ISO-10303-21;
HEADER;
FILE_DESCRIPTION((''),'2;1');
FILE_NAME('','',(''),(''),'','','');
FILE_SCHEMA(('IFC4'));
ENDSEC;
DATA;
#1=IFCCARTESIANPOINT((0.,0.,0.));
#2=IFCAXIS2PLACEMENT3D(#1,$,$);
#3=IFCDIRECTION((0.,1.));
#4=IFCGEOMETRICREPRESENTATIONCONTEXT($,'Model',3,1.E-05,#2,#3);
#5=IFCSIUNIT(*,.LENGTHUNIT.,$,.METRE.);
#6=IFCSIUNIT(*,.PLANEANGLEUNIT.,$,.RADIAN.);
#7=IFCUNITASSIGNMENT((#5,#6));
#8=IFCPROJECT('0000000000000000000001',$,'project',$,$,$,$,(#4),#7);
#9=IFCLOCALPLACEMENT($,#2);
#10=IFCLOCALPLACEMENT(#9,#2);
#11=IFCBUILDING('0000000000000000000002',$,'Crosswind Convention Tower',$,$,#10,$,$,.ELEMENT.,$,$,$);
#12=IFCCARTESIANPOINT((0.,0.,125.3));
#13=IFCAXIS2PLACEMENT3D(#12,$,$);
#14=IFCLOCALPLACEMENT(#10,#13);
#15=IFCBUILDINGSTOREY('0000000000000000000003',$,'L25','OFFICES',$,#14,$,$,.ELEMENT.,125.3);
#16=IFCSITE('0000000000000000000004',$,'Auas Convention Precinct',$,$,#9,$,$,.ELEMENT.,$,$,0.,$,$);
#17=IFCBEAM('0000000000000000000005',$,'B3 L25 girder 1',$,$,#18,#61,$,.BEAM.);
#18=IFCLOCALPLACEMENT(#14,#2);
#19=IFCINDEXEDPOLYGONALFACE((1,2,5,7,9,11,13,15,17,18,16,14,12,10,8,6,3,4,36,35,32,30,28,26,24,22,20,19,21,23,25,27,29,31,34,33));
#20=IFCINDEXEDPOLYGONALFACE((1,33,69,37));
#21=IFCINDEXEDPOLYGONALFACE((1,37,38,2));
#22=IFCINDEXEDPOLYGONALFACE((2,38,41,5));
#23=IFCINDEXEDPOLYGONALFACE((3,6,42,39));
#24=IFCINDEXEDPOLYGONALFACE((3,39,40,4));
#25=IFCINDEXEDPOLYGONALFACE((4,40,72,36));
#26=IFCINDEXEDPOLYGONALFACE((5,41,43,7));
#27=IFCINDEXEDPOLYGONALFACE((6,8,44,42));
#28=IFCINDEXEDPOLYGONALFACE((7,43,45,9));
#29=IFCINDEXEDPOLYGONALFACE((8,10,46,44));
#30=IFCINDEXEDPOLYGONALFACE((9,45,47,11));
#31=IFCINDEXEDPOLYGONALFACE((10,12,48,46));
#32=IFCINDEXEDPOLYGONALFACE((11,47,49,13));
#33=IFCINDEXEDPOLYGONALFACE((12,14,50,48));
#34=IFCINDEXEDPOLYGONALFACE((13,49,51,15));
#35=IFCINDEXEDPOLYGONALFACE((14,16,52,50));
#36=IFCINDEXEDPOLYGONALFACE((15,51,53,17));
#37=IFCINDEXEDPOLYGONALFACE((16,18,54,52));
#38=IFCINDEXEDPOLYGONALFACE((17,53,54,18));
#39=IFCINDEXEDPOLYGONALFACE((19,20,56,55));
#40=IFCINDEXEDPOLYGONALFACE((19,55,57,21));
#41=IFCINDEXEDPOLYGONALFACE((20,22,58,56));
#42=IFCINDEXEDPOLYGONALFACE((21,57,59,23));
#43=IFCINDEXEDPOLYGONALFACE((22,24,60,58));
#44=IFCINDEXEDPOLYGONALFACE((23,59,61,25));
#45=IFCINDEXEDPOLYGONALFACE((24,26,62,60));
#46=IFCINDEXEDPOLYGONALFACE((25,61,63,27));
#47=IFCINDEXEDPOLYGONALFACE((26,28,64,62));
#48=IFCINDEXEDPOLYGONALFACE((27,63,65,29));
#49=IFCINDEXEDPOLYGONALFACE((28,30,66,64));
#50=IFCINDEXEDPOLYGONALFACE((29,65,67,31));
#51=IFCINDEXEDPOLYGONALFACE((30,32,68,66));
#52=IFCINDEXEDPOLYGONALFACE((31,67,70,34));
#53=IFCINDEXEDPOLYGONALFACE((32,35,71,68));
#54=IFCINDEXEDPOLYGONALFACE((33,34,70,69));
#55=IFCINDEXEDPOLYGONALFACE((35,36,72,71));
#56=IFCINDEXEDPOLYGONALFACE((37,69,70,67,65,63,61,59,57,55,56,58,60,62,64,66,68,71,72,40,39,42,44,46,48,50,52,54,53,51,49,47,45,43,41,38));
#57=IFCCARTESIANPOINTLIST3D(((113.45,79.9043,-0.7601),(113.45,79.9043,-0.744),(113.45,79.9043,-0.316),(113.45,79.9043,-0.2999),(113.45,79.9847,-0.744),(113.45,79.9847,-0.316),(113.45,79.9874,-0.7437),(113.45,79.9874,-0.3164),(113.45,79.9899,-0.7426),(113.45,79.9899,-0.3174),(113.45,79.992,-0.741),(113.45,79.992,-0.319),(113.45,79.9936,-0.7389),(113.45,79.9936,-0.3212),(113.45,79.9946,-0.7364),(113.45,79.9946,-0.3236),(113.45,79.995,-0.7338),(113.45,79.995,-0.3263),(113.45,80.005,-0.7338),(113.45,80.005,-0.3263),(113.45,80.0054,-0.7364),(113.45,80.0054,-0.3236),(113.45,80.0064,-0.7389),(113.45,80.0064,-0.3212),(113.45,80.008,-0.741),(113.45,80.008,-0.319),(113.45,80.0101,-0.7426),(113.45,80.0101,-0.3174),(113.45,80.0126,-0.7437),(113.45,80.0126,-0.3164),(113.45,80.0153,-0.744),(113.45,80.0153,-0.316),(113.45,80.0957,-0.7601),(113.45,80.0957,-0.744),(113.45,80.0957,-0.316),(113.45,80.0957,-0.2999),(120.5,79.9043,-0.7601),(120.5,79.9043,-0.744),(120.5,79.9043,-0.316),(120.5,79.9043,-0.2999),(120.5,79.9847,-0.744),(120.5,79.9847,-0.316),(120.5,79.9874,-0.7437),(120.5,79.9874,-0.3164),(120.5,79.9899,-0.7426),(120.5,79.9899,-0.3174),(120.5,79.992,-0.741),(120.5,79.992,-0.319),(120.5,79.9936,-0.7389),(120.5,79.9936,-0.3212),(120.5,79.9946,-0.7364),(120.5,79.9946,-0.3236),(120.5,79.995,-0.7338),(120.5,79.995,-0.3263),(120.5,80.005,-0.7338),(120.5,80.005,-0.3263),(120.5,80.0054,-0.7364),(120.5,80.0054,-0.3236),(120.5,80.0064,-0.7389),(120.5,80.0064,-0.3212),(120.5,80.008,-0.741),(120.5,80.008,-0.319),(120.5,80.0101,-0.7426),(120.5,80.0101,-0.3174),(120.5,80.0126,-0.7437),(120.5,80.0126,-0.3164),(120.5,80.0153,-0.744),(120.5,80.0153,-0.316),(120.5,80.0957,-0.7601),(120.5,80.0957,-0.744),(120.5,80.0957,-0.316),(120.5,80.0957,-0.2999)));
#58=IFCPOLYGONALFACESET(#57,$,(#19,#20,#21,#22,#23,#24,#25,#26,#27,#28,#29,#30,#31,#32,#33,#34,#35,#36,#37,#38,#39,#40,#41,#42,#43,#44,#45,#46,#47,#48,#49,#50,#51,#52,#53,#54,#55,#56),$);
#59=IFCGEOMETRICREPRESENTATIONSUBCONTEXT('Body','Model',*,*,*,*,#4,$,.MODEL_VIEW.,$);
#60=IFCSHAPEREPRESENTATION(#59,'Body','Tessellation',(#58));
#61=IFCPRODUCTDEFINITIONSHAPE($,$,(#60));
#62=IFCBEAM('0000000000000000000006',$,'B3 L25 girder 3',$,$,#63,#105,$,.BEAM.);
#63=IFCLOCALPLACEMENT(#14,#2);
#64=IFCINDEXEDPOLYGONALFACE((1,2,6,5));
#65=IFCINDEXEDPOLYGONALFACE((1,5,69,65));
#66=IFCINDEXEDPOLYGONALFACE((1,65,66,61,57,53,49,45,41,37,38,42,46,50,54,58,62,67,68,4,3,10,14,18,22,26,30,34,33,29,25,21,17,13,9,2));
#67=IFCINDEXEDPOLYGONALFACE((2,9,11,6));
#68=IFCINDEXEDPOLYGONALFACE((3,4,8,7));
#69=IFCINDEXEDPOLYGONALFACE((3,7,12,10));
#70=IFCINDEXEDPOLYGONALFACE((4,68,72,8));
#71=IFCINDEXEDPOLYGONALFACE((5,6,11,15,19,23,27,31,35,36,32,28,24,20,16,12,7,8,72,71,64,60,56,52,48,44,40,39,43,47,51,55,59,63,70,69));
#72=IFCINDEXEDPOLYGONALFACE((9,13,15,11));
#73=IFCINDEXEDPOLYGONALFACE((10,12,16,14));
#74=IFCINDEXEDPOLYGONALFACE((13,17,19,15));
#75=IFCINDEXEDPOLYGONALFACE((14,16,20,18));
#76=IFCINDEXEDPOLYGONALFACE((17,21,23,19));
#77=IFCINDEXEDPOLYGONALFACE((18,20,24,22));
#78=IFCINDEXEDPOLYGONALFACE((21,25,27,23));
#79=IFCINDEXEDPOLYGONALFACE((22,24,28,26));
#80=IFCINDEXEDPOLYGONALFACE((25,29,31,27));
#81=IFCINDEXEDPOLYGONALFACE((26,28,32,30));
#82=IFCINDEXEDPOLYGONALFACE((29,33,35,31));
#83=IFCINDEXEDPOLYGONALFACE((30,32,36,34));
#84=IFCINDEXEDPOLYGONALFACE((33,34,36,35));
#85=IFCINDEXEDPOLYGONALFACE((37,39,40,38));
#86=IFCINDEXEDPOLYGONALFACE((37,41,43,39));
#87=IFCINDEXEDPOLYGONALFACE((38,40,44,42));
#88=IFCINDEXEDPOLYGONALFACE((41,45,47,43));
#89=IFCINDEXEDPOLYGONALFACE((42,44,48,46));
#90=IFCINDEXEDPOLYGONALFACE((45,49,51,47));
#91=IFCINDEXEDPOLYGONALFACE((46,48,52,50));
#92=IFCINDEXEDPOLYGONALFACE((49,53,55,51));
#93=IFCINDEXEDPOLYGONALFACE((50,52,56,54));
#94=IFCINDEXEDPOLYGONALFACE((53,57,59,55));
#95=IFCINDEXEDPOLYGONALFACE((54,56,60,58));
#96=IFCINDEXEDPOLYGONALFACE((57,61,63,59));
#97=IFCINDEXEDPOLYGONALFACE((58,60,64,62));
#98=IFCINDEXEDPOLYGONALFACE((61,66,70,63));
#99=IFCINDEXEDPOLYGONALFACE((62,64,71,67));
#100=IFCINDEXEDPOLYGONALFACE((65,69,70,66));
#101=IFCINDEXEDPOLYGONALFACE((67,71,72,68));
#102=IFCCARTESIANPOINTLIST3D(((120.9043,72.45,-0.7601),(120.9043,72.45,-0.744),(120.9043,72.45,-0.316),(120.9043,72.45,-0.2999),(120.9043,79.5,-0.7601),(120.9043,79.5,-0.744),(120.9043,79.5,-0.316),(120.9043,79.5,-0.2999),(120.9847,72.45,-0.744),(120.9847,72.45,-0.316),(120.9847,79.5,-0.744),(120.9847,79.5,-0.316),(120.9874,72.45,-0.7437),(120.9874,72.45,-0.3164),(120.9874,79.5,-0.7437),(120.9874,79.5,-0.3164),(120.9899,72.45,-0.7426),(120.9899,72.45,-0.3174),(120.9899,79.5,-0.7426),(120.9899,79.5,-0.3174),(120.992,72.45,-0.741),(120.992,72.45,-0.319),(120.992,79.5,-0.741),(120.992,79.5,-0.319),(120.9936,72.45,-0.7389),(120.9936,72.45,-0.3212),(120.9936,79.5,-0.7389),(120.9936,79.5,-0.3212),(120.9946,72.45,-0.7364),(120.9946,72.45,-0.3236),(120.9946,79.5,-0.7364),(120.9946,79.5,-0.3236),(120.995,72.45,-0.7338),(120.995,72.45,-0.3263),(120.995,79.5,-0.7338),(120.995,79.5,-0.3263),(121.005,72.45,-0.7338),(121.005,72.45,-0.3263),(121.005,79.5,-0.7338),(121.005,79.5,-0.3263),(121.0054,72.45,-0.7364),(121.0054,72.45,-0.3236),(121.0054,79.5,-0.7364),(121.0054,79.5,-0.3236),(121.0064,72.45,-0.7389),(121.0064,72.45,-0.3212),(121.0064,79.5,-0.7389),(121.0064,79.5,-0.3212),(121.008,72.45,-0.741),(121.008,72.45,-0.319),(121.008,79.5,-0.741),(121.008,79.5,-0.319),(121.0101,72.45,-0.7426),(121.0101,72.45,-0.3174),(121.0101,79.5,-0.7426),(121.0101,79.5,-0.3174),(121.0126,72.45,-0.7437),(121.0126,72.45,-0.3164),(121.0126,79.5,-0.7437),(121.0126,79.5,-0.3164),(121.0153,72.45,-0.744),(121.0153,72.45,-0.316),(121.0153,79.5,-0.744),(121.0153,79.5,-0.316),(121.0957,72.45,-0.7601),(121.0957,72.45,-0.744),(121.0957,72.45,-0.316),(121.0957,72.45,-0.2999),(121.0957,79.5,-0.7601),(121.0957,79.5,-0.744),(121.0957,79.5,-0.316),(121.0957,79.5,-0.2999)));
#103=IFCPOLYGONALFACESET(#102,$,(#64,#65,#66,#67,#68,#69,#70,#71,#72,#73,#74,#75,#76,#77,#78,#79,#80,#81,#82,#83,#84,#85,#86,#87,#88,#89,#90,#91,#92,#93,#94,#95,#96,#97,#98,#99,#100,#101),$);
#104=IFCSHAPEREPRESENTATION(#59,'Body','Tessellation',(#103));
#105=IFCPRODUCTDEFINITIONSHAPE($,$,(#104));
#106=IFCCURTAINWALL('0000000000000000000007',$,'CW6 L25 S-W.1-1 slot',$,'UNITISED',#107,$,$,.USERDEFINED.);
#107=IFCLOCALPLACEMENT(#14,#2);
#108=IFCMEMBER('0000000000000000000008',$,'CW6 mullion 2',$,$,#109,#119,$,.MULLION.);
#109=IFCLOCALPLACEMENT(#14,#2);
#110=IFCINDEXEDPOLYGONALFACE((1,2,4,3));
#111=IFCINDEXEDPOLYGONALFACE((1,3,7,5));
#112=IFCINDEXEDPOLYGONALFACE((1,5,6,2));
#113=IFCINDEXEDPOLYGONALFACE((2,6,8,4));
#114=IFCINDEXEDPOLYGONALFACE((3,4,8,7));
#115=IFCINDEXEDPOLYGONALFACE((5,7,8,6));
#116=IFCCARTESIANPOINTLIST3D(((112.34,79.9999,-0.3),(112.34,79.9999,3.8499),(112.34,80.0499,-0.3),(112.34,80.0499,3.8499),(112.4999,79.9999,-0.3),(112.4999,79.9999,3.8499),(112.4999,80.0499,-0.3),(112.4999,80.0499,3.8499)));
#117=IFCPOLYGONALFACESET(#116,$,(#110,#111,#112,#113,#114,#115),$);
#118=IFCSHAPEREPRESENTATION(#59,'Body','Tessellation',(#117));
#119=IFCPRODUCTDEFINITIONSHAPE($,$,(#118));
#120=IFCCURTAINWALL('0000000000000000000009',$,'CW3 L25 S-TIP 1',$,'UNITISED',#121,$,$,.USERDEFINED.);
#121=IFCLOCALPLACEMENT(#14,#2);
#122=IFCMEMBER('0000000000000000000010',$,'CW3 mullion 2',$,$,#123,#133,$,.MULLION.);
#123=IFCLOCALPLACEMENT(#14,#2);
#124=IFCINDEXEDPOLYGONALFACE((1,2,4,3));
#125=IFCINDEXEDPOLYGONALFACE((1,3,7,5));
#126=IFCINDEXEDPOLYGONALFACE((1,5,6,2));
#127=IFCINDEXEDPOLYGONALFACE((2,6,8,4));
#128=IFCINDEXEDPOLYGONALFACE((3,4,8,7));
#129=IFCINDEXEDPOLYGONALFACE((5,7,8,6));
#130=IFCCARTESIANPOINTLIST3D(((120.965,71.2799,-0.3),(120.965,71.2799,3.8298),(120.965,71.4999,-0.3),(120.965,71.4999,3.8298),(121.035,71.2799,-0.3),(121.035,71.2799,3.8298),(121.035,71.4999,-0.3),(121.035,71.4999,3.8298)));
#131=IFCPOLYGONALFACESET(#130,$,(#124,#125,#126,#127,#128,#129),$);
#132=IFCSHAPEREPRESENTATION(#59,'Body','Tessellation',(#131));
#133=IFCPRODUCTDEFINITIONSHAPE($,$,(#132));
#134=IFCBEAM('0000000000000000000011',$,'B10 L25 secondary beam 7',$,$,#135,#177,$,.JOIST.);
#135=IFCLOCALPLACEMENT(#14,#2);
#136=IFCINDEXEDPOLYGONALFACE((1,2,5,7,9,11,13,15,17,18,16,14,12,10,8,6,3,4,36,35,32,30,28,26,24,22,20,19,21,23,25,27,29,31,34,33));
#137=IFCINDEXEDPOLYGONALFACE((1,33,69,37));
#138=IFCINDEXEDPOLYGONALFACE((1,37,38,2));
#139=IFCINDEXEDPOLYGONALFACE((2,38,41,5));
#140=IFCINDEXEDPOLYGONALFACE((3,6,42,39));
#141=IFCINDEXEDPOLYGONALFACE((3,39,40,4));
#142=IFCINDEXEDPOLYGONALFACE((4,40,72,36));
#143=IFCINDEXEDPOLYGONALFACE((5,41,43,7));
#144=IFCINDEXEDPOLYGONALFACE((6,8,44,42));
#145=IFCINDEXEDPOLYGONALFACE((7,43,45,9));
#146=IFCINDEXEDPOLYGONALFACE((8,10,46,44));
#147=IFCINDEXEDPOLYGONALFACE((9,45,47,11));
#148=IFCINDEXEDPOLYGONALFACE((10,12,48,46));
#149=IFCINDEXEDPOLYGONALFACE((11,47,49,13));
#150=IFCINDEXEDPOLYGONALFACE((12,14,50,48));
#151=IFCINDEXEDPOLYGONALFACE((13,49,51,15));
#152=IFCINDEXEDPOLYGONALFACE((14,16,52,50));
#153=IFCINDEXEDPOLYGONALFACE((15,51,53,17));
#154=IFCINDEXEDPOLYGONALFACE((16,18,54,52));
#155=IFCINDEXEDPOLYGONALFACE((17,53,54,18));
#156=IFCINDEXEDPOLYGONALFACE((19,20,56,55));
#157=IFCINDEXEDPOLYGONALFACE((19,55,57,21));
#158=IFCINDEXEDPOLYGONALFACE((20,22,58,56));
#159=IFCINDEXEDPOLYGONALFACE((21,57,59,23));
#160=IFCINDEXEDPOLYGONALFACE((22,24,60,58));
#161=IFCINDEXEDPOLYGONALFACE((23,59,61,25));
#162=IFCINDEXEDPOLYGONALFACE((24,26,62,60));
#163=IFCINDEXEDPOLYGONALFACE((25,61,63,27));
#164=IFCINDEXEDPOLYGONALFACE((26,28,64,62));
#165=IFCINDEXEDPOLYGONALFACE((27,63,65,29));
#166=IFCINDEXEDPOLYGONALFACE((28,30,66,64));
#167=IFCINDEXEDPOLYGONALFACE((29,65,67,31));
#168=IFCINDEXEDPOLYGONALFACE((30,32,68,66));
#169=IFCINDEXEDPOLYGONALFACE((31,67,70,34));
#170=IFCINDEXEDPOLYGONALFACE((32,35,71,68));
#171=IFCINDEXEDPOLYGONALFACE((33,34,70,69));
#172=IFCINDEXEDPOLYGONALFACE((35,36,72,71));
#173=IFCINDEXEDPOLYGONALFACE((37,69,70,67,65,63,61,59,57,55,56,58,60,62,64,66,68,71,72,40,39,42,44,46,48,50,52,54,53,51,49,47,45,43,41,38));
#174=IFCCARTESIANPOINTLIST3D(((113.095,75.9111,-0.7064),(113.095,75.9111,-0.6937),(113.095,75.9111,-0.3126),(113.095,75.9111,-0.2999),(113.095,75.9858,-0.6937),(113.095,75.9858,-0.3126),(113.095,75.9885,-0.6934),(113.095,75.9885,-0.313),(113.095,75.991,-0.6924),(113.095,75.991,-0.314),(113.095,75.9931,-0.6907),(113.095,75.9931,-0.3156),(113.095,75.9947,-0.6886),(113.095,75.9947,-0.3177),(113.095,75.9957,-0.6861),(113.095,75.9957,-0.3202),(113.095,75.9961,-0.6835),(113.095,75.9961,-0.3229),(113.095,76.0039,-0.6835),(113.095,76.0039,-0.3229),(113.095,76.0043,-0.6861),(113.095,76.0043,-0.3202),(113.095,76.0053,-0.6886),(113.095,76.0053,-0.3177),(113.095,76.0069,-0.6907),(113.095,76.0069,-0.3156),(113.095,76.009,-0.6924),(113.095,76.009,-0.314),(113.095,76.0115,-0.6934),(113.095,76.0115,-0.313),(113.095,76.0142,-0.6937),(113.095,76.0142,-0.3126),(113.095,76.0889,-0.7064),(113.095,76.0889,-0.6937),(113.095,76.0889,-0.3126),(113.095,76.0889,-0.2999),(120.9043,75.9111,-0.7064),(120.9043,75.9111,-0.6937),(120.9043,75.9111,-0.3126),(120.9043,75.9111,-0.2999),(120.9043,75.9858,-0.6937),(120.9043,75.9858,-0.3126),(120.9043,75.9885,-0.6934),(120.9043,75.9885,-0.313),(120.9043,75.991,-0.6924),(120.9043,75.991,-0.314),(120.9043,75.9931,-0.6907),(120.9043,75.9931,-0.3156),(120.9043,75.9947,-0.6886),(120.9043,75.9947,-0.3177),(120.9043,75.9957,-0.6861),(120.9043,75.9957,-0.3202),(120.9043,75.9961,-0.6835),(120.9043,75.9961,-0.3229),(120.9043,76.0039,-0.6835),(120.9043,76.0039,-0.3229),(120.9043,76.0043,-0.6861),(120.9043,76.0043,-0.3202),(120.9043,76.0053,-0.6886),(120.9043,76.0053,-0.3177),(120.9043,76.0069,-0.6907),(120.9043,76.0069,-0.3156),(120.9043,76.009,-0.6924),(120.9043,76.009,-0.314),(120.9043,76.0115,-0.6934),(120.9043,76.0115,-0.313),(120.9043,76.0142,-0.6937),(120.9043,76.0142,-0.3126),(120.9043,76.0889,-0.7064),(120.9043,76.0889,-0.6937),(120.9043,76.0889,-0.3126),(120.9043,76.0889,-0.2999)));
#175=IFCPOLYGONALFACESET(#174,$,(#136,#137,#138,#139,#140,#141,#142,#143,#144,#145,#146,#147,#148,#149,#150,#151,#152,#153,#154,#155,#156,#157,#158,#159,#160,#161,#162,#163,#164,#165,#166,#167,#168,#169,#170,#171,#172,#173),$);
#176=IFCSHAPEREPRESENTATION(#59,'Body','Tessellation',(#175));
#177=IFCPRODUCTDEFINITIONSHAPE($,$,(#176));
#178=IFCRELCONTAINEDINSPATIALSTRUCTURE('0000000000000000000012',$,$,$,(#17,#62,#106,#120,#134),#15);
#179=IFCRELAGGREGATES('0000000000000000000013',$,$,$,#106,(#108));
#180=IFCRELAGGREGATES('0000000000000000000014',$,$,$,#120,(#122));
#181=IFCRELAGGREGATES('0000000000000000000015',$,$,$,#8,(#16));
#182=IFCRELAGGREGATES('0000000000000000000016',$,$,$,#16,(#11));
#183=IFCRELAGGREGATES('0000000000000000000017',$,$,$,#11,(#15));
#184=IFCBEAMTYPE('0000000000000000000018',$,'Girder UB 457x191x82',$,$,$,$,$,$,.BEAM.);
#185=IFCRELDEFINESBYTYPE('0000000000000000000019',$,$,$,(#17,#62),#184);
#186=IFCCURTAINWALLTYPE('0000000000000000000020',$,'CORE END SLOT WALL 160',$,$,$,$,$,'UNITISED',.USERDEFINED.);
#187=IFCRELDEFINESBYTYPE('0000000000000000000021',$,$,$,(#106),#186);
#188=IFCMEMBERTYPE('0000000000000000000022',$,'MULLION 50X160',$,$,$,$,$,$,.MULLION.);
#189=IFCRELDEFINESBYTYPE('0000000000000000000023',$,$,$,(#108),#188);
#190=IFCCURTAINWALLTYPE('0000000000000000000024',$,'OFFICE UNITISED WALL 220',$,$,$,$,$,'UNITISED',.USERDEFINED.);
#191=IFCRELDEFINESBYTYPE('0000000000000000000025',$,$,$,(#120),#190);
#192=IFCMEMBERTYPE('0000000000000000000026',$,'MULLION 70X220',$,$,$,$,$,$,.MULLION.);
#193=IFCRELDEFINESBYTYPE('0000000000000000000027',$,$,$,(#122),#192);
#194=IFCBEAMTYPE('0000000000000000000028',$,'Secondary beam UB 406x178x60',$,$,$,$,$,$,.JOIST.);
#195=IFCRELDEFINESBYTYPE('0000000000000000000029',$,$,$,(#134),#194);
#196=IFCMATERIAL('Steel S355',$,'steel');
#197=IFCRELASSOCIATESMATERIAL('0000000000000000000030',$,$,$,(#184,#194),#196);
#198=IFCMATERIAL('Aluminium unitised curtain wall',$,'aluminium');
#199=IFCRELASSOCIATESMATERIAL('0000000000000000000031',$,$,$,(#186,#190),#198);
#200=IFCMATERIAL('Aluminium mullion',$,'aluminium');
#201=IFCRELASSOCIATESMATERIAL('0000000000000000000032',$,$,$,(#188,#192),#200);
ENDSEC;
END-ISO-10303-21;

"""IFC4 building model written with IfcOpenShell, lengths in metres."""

from ifc_helpers import new_model, si_unit, direction, frame, origin, origin_2d, place, context, subcontext, project, spatial, rectangle, i_section, extrude, material, material_profile, profile_set, type_object, element, aggregate, save


model = new_model("IFC4")

# Units and contexts
model_context = context("Model", 3, precision=1e-05, world=origin(), true_north=direction((0.0, 1.0)))
body_context = subcontext(model_context, "Body", "Model", "MODEL_VIEW")
ifc_project = project(units=[si_unit("LENGTHUNIT", "METRE"), si_unit("PLANEANGLEUNIT", "RADIAN")], contexts=[model_context])

# Site, building, storey
site_placement = place(None, origin())
site = spatial("IfcSite", under=ifc_project, at=site_placement, Name="Auas Convention Precinct", CompositionType="ELEMENT", RefElevation=0.0)
building_placement = place(site_placement, origin())
building = spatial("IfcBuilding", under=site, at=building_placement, Name="Crosswind Convention Tower", CompositionType="ELEMENT")
storey_placement = place(building_placement, frame((0.0, 0.0, 125.3)))
storey = spatial("IfcBuildingStorey", under=building, at=storey_placement, Name="L25", Description="OFFICES", CompositionType="ELEMENT", Elevation=125.3)

# Beams
ifc_material_1 = material(Name="Steel S355", Category="steel")
ifc_material_profile_1 = material_profile(ifc_material_1, i_section(OverallWidth=0.1914, OverallDepth=0.4602, WebThickness=0.01, FlangeThickness=0.0161, FilletRadius=0.0103, at=origin_2d()), Name="UB 457x191x82")
ifc_profile_set_1 = profile_set([ifc_material_profile_1], Name="Steel S355")
beam_type_1 = type_object("IfcBeamType", Name="Girder UB 457x191x82", PredefinedType="BEAM", material=ifc_profile_set_1)
for number, where, z_axis, x_axis, name in (
    (1, (113.45, 80.0, -0.53), (1.0, 0.0, 0.0), (0.0, 1.0, 0.0), "B3 L25 girder 1"),
    (2, (121.0, 72.45, -0.53), (0.0, 1.0, 0.0), (-1.0, 0.0, 0.0), "B3 L25 girder 3"),
):
    element("IfcBeam", number, at=place(storey_placement, frame(where, z_axis=z_axis, x_axis=x_axis)), inside=storey, type_object=beam_type_1, Name=name, PredefinedType="BEAM", context=body_context, shape_type="SweptSolid", body=[
        extrude(i_section(OverallWidth=0.1914, OverallDepth=0.4602, WebThickness=0.01, FlangeThickness=0.0161, FilletRadius=0.0103, at=origin_2d()), origin(), (0.0, 0.0, 1.0), 7.05),
    ])

# Curtain walls, members
ifc_material_2 = material(Name="Aluminium unitised curtain wall", Category="aluminium")
curtain_wall_type_1 = type_object("IfcCurtainWallType", Name="CORE END SLOT WALL 160", ElementType="UNITISED", PredefinedType="USERDEFINED", material=ifc_material_2)
curtain_wall_1_placement = place(storey_placement, origin())
curtain_wall_1 = element("IfcCurtainWall", 3, at=curtain_wall_1_placement, inside=storey, type_object=curtain_wall_type_1, Name="CW6 L25 S-W.1-1 slot", ObjectType="UNITISED", PredefinedType="USERDEFINED")
ifc_material_3 = material(Name="Aluminium mullion", Category="aluminium")
ifc_material_profile_2 = material_profile(ifc_material_3, rectangle(XDim=0.1599, YDim=0.05, at=origin_2d()), Name="AL 160X50")
ifc_profile_set_2 = profile_set([ifc_material_profile_2], Name="Aluminium mullion")
member_type_1 = type_object("IfcMemberType", Name="MULLION 50X160", PredefinedType="MULLION", material=ifc_profile_set_2)
member_1_placement = place(storey_placement, frame((112.4199, 80.0249, -0.3), z_axis=(0.0, 0.0, 1.0), x_axis=(-1.0, 0.0, 0.0)))
member_1 = element("IfcMember", 4, at=member_1_placement, type_object=member_type_1, Name="CW6 mullion 2", PredefinedType="MULLION", context=body_context, shape_type="SweptSolid", body=[
    extrude(rectangle(XDim=0.1599, YDim=0.05, at=origin_2d()), origin(), (0.0, 0.0, 1.0), 4.1499),
])
aggregate(curtain_wall_1, [member_1])
curtain_wall_type_2 = type_object("IfcCurtainWallType", Name="OFFICE UNITISED WALL 220", ElementType="UNITISED", PredefinedType="USERDEFINED", material=ifc_material_2)
curtain_wall_2_placement = place(storey_placement, origin())
curtain_wall_2 = element("IfcCurtainWall", 5, at=curtain_wall_2_placement, inside=storey, type_object=curtain_wall_type_2, Name="CW3 L25 S-TIP 1", ObjectType="UNITISED", PredefinedType="USERDEFINED")
ifc_material_profile_3 = material_profile(ifc_material_3, rectangle(XDim=0.22, YDim=0.0701, at=origin_2d()), Name="AL 220X70")
ifc_profile_set_3 = profile_set([ifc_material_profile_3], Name="Aluminium mullion")
member_type_2 = type_object("IfcMemberType", Name="MULLION 70X220", PredefinedType="MULLION", material=ifc_profile_set_3)
member_2_placement = place(storey_placement, frame((121.0, 71.3899, -0.3), z_axis=(0.0, 0.0, 1.0), x_axis=(0.0, -1.0, 0.0)))
member_2 = element("IfcMember", 6, at=member_2_placement, type_object=member_type_2, Name="CW3 mullion 2", PredefinedType="MULLION", context=body_context, shape_type="SweptSolid", body=[
    extrude(rectangle(XDim=0.22, YDim=0.0701, at=origin_2d()), origin(), (0.0, 0.0, 1.0), 4.1299),
])

# Beam
ifc_material_profile_4 = material_profile(ifc_material_1, i_section(OverallWidth=0.1777, OverallDepth=0.4065, WebThickness=0.0078, FlangeThickness=0.0127, FilletRadius=0.0103, at=origin_2d()), Name="UB 406x178x60")
ifc_profile_set_4 = profile_set([ifc_material_profile_4], Name="Steel S355")
beam_type_2 = type_object("IfcBeamType", Name="Secondary beam UB 406x178x60", PredefinedType="JOIST", material=ifc_profile_set_4)
beam_1_placement = place(storey_placement, frame((113.095, 76.0, -0.5032), z_axis=(1.0, 0.0, 0.0), x_axis=(0.0, 1.0, 0.0)))
element("IfcBeam", 7, at=beam_1_placement, inside=storey, type_object=beam_type_2, Name="B10 L25 secondary beam 7", PredefinedType="JOIST", context=body_context, shape_type="SweptSolid", body=[
    extrude(i_section(OverallWidth=0.1777, OverallDepth=0.4065, WebThickness=0.0078, FlangeThickness=0.0127, FilletRadius=0.0103, at=origin_2d()), origin(), (0.0, 0.0, 1.0), 7.8093),
])

aggregate(curtain_wall_2, [member_2])

save(model, "model.ifc")
